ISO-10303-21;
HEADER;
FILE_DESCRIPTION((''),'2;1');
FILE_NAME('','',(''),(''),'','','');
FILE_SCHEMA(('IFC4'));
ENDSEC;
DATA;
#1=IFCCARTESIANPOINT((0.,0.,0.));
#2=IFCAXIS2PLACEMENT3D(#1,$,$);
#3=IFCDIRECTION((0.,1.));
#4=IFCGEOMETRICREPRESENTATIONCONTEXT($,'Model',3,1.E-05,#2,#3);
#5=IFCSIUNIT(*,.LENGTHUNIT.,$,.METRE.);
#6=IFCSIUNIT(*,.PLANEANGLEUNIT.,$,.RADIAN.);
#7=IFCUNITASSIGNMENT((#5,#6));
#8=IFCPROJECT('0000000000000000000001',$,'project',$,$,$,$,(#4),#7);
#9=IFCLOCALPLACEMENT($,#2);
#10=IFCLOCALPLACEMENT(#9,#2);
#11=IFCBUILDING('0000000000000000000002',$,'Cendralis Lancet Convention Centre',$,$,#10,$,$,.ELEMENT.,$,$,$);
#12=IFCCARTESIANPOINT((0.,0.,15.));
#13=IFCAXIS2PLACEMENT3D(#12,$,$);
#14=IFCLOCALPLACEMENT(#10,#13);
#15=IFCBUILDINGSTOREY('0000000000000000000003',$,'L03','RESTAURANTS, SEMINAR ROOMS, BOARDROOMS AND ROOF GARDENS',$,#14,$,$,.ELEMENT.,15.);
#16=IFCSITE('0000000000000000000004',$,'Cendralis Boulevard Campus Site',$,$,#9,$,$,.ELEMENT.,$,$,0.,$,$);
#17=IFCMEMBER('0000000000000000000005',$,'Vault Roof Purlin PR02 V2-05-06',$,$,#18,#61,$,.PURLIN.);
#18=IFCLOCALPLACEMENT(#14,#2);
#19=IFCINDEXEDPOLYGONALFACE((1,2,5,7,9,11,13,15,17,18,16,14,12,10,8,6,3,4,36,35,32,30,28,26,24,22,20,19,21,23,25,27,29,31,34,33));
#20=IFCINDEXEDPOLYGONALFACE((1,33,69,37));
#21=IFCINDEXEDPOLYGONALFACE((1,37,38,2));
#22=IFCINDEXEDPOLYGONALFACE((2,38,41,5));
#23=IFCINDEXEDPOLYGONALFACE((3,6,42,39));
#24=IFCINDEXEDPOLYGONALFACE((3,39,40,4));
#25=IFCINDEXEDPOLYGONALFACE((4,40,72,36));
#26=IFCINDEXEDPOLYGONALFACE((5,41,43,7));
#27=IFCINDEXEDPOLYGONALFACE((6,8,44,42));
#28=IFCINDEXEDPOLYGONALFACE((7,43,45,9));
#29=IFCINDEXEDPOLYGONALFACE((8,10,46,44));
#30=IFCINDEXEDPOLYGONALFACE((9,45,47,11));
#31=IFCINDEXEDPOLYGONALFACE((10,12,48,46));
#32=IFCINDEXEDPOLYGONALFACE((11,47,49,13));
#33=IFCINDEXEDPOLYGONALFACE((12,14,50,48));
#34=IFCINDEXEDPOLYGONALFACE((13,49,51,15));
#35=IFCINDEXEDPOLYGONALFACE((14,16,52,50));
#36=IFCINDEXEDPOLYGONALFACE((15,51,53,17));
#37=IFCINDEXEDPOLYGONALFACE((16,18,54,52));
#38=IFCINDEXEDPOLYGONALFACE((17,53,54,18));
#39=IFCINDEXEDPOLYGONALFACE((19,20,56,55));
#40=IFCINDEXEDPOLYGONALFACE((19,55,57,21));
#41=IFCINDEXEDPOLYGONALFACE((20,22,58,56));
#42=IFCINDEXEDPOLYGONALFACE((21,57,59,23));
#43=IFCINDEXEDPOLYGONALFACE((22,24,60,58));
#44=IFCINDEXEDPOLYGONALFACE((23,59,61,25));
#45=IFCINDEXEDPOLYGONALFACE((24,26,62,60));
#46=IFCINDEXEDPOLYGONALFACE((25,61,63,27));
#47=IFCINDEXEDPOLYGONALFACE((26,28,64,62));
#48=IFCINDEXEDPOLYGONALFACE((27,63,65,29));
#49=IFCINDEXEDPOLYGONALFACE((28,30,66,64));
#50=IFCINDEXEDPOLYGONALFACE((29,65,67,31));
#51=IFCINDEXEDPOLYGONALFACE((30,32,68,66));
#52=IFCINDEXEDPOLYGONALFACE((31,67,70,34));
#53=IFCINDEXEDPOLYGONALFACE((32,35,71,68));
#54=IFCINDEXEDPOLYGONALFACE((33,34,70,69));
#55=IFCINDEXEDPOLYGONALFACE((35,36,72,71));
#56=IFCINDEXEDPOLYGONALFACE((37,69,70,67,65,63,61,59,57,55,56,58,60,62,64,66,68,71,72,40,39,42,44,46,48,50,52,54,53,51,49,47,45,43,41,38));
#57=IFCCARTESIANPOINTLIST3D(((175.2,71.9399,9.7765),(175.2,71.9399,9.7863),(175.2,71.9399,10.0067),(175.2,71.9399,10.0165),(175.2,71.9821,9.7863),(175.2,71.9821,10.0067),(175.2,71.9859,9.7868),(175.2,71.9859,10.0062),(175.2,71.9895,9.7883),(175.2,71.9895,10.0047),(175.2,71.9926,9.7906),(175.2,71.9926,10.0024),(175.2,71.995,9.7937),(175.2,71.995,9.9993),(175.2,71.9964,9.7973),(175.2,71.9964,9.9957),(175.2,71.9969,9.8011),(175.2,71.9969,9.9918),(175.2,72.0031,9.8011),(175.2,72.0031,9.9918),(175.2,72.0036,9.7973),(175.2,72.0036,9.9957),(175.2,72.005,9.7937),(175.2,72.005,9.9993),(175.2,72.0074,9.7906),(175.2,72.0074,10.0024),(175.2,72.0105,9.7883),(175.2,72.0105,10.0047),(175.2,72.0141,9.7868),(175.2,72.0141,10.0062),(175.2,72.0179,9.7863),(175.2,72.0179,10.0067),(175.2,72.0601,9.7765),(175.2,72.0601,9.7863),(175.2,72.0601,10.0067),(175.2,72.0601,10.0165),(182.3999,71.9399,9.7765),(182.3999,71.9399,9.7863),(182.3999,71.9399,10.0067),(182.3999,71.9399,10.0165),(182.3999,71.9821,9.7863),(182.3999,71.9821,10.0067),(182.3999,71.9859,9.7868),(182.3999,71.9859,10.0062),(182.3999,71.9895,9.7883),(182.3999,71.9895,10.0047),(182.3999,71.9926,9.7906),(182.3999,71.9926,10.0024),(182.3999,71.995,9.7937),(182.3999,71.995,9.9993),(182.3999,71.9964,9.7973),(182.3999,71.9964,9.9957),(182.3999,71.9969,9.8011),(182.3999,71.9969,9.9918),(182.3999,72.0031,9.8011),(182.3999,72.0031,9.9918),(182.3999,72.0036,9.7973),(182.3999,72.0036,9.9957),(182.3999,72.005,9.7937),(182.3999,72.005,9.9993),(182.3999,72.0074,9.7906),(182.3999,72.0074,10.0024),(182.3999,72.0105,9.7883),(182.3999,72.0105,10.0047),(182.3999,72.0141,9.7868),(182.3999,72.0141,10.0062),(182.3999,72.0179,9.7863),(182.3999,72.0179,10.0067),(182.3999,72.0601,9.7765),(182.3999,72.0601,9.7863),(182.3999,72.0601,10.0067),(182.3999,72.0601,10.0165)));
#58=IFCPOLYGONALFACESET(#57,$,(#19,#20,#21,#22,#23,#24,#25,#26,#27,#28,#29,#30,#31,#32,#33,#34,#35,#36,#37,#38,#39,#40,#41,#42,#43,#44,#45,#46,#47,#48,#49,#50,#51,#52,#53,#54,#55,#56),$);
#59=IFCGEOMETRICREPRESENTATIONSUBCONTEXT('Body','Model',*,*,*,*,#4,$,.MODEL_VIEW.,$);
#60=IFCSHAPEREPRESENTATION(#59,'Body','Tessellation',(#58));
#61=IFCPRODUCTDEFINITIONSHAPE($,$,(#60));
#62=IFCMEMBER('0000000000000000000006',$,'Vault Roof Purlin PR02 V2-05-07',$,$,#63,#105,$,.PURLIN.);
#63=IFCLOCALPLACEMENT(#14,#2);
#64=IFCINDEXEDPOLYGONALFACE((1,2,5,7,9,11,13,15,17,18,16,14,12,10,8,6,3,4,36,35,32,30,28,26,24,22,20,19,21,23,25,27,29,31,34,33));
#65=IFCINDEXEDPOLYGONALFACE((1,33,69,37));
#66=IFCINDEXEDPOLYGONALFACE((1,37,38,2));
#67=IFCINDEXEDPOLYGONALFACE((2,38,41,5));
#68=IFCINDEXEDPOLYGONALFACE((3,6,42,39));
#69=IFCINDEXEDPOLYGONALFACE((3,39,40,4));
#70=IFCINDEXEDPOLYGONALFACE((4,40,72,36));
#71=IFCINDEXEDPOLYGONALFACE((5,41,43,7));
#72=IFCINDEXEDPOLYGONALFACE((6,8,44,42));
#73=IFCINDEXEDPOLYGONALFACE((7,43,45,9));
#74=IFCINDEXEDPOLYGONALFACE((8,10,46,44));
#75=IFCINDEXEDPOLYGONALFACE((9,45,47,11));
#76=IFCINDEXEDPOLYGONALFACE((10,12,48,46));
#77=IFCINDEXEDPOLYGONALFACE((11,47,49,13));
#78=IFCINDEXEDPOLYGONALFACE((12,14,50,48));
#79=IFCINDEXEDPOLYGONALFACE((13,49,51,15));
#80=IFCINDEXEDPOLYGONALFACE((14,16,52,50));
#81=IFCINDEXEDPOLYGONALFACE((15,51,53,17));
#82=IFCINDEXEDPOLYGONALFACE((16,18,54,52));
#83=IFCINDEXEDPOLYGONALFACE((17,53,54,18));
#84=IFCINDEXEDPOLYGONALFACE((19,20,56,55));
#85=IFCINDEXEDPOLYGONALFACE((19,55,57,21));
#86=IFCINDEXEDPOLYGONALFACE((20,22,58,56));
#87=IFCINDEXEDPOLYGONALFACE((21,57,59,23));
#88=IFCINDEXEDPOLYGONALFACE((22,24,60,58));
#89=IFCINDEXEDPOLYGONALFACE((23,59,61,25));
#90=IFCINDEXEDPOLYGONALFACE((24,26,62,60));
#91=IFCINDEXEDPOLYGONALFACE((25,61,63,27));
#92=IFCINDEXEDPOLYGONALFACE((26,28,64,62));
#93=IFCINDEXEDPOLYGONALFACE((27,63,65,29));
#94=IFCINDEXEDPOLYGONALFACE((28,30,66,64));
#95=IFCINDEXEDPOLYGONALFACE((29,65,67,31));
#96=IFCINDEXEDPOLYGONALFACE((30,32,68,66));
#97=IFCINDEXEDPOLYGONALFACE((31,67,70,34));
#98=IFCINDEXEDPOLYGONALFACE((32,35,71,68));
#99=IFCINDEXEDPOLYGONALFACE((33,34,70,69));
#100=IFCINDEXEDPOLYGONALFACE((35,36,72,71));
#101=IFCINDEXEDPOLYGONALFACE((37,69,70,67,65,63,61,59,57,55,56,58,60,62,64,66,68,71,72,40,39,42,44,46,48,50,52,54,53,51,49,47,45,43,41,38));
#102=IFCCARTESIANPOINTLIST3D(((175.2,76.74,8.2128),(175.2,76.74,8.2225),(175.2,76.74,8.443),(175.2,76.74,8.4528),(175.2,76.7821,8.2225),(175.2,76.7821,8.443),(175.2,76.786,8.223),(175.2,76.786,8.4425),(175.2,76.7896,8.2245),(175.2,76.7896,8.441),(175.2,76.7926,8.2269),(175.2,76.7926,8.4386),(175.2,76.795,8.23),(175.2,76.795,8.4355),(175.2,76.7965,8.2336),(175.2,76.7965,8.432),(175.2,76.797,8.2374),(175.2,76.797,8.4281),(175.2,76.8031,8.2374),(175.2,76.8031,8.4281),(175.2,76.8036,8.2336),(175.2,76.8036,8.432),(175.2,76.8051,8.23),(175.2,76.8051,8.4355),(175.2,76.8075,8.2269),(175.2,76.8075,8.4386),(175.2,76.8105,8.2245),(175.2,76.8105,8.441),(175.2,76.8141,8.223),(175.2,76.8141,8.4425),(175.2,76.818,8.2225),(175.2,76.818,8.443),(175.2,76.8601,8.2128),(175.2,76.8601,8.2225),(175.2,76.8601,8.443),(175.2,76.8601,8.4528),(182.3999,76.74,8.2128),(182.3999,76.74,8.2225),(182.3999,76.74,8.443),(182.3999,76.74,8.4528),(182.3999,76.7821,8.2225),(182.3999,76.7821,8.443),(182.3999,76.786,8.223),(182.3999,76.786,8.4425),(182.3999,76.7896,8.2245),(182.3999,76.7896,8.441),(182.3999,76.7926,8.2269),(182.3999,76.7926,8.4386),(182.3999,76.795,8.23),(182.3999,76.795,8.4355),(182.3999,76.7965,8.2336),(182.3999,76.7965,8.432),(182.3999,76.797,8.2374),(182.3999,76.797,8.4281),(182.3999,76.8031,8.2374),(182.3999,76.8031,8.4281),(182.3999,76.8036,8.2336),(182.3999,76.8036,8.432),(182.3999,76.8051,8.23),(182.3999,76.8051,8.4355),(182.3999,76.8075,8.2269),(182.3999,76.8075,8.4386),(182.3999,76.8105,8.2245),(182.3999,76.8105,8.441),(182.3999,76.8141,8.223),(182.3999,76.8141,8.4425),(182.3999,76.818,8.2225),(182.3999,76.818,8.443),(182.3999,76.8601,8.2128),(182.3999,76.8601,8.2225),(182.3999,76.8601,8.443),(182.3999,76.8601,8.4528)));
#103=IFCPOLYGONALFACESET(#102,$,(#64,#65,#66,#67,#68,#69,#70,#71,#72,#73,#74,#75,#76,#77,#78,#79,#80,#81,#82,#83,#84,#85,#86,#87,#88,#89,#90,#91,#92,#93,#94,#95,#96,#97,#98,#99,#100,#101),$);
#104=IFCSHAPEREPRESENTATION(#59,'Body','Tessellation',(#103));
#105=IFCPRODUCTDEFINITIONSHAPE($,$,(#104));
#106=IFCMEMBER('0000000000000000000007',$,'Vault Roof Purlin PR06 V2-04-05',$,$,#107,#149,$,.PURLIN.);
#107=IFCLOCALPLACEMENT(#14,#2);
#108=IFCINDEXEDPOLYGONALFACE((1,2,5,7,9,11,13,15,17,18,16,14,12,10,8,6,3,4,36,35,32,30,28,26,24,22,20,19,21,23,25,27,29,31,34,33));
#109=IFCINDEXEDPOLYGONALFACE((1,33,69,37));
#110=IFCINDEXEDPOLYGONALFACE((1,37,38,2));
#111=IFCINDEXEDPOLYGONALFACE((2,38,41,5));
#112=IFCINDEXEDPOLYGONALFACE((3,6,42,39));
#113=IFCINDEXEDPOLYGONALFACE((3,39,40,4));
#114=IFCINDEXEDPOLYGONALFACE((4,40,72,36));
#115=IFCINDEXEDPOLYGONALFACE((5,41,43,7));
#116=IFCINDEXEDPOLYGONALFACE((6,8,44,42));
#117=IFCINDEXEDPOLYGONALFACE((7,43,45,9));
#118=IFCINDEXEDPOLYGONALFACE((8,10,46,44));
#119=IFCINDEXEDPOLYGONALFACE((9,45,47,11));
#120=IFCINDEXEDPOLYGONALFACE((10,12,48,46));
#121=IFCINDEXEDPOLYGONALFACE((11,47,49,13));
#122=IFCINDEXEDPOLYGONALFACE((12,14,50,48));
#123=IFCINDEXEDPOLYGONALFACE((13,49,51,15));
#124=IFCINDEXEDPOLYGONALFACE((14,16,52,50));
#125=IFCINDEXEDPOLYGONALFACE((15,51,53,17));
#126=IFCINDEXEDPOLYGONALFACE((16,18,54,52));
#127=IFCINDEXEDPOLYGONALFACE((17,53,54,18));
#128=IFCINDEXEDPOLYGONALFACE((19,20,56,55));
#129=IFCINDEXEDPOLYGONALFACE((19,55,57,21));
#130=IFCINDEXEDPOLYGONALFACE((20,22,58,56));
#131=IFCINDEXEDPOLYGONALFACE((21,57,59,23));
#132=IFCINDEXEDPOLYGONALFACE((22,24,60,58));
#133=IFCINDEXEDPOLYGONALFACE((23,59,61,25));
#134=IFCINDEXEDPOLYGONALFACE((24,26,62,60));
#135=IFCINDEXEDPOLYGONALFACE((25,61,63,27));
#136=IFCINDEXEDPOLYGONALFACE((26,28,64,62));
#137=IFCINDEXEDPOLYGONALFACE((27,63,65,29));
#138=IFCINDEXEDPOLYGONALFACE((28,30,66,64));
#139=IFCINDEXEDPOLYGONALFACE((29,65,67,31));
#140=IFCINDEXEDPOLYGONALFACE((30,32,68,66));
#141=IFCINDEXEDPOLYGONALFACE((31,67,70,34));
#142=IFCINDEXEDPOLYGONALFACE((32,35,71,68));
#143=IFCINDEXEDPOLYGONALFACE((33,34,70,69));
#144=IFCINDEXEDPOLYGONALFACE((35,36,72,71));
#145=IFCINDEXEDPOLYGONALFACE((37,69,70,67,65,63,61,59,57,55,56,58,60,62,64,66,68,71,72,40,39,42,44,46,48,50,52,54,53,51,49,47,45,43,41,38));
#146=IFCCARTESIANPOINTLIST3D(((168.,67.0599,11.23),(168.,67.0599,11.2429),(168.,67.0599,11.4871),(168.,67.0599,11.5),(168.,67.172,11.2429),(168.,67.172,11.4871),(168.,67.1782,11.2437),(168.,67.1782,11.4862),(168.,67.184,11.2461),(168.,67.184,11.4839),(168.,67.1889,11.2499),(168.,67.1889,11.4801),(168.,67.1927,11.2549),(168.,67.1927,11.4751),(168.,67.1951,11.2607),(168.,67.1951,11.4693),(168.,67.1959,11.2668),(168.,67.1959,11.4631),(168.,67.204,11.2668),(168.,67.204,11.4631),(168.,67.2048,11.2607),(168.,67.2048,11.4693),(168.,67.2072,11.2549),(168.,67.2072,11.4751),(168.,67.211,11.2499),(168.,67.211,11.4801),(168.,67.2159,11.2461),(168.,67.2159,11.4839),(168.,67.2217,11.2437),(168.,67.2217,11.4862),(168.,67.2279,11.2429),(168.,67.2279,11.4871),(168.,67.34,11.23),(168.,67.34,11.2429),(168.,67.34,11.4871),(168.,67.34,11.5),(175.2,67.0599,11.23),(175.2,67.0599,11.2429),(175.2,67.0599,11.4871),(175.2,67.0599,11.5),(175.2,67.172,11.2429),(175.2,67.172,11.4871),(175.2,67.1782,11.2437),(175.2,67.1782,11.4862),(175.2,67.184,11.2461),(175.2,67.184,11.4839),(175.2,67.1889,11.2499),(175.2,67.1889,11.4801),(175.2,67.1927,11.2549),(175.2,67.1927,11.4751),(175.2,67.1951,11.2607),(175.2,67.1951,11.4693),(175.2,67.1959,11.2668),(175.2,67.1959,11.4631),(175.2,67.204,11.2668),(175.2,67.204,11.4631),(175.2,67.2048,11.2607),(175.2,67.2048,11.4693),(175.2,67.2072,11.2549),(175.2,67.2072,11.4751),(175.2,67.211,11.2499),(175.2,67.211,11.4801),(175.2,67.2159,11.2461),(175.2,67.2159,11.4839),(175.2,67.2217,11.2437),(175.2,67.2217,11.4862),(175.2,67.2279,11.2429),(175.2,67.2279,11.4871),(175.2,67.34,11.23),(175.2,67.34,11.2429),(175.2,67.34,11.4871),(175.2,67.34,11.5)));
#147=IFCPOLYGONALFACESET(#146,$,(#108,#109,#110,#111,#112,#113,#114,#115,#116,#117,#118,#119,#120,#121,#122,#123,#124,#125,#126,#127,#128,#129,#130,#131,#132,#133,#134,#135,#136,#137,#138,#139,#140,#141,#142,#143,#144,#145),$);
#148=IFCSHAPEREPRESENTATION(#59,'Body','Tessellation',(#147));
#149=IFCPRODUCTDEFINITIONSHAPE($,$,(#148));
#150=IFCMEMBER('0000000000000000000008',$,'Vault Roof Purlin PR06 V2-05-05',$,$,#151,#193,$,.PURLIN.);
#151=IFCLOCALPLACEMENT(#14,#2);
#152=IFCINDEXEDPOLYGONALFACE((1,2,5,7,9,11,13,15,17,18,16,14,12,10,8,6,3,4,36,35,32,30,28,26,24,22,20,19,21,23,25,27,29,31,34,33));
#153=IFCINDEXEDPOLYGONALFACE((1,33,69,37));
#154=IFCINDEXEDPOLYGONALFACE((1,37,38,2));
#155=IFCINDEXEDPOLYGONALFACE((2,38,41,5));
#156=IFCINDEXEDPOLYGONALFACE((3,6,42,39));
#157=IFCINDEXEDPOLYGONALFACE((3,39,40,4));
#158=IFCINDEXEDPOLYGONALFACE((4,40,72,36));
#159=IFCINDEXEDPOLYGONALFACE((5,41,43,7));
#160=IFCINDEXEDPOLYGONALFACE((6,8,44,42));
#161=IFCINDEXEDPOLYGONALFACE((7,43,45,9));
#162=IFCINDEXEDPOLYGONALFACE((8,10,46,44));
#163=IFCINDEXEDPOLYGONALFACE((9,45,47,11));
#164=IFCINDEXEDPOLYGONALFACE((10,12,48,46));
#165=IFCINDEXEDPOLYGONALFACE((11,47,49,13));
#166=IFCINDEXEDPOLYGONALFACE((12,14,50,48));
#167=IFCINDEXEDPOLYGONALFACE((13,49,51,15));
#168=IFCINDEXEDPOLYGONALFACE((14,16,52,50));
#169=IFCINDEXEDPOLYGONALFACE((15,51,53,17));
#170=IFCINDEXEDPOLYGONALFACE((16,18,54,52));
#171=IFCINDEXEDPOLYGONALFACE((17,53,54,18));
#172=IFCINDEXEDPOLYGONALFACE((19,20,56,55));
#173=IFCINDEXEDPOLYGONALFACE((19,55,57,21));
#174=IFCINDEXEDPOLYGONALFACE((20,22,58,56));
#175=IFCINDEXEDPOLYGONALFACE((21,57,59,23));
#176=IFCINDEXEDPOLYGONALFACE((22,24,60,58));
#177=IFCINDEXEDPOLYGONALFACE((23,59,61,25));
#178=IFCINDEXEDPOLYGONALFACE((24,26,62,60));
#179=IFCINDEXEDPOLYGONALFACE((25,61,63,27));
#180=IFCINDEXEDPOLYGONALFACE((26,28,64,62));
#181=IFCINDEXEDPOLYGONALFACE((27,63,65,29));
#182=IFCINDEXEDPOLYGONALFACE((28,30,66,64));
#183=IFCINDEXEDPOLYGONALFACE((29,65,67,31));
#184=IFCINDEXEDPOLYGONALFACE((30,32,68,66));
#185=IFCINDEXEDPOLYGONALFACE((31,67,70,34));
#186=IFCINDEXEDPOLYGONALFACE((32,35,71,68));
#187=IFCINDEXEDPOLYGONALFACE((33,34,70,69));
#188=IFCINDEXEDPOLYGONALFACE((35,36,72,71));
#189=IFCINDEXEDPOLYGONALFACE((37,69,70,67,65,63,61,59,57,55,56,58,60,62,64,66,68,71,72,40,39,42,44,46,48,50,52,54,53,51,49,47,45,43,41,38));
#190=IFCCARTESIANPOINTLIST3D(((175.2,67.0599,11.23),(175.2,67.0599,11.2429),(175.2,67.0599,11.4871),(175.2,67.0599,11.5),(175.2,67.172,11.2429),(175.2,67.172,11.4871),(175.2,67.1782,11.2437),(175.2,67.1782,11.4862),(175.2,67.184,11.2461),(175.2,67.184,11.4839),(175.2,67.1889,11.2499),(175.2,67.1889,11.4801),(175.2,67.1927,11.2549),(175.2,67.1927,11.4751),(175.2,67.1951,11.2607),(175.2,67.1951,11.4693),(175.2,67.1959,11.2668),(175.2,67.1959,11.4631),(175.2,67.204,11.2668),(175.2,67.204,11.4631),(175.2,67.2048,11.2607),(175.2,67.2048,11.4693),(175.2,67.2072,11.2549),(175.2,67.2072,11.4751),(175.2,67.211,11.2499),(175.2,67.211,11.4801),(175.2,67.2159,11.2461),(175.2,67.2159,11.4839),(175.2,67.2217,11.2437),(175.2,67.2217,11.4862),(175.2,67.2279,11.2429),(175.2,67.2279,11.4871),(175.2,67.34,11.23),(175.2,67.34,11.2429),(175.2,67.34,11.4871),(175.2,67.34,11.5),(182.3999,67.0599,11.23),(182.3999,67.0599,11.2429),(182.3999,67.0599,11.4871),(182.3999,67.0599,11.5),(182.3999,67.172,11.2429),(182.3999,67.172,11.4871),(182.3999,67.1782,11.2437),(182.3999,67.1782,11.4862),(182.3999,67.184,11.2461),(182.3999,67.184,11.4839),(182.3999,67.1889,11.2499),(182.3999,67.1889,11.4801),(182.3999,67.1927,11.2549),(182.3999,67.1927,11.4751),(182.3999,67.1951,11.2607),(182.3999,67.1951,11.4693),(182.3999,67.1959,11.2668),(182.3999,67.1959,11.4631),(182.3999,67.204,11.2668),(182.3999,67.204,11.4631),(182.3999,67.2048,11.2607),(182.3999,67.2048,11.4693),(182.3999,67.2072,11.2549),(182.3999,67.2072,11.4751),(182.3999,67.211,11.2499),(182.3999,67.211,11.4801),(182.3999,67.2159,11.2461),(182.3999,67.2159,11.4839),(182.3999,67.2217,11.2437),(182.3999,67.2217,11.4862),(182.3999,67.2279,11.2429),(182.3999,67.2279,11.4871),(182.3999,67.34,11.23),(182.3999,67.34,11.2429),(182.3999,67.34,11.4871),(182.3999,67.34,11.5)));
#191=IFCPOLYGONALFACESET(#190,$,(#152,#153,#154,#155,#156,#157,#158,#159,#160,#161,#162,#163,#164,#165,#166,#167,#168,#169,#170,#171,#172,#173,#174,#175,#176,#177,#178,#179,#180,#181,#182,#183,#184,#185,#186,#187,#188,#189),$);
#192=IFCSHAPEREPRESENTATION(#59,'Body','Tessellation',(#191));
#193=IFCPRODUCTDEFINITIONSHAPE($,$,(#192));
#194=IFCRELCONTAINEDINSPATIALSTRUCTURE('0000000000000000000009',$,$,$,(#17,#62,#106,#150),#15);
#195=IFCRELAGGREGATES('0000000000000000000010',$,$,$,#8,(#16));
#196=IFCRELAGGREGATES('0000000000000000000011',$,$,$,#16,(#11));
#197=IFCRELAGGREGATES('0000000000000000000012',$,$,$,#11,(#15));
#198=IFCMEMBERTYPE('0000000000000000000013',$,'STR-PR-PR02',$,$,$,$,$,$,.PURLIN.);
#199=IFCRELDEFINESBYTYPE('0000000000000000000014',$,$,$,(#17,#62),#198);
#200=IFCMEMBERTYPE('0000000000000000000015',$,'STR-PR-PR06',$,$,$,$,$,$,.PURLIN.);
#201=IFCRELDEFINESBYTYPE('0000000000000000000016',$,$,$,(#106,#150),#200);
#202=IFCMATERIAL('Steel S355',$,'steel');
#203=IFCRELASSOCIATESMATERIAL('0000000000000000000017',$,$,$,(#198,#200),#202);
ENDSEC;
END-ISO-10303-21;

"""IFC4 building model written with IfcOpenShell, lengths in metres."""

from ifc_helpers import new_model, si_unit, direction, frame, origin, origin_2d, place, context, subcontext, project, spatial, i_section, extrude, material, material_profile, profile_set, type_object, element, save


model = new_model("IFC4")

# Units and contexts
model_context = context("Model", 3, precision=1e-05, world=origin(), true_north=direction((0.0, 1.0)))
body_context = subcontext(model_context, "Body", "Model", "MODEL_VIEW")
ifc_project = project(units=[si_unit("LENGTHUNIT", "METRE"), si_unit("PLANEANGLEUNIT", "RADIAN")], contexts=[model_context])

# Site, building, storey
site_placement = place(None, origin())
site = spatial("IfcSite", under=ifc_project, at=site_placement, Name="Cendralis Boulevard Campus Site", CompositionType="ELEMENT", RefElevation=0.0)
building_placement = place(site_placement, origin())
building = spatial("IfcBuilding", under=site, at=building_placement, Name="Cendralis Lancet Convention Centre", CompositionType="ELEMENT")
storey_placement = place(building_placement, frame((0.0, 0.0, 15.0)))
storey = spatial("IfcBuildingStorey", under=building, at=storey_placement, Name="L03", Description="RESTAURANTS, SEMINAR ROOMS, BOARDROOMS AND ROOF GARDENS", CompositionType="ELEMENT", Elevation=15.0)

# Members
ifc_material = material(Name="Steel S355", Category="steel")
ifc_material_profile_1 = material_profile(ifc_material, i_section(OverallWidth=0.1201, OverallDepth=0.24, WebThickness=0.0061, FlangeThickness=0.0098, FilletRadius=0.0149, at=origin_2d()), Name="IPE 240")
ifc_profile_set_1 = profile_set([ifc_material_profile_1], Name="Steel S355")
member_type_1 = type_object("IfcMemberType", Name="STR-PR-PR02", PredefinedType="PURLIN", material=ifc_profile_set_1)
for number, where, z_axis, x_axis, name in (
    (1, (175.2, 72.0, 9.8965), (1.0, 0.0, 0.0), (0.0, 1.0, 0.0), "Vault Roof Purlin PR02 V2-05-06"),
    (2, (175.2, 76.8, 8.3328), (1.0, 0.0, 0.0), (0.0, 1.0, 0.0), "Vault Roof Purlin PR02 V2-05-07"),
):
    element("IfcMember", number, at=place(storey_placement, frame(where, z_axis=z_axis, x_axis=x_axis)), inside=storey, type_object=member_type_1, Name=name, PredefinedType="PURLIN", context=body_context, shape_type="SweptSolid", body=[
        extrude(i_section(OverallWidth=0.1201, OverallDepth=0.24, WebThickness=0.0061, FlangeThickness=0.0098, FilletRadius=0.0149, at=origin_2d()), origin(), (0.0, 0.0, 1.0), 7.2),
    ])
ifc_material_profile_2 = material_profile(ifc_material, i_section(OverallWidth=0.28, OverallDepth=0.27, WebThickness=0.0081, FlangeThickness=0.0129, FilletRadius=0.0239, at=origin_2d()), Name="HEA 280")
ifc_profile_set_2 = profile_set([ifc_material_profile_2], Name="Steel S355")
member_type_2 = type_object("IfcMemberType", Name="STR-PR-PR06", PredefinedType="PURLIN", material=ifc_profile_set_2)
for number, where, z_axis, x_axis, name in (
    (3, (168.0, 67.2, 11.365), (1.0, 0.0, 0.0), (0.0, 1.0, 0.0), "Vault Roof Purlin PR06 V2-04-05"),
    (4, (175.2, 67.2, 11.365), (1.0, 0.0, 0.0), (0.0, 1.0, 0.0), "Vault Roof Purlin PR06 V2-05-05"),
):
    element("IfcMember", number, at=place(storey_placement, frame(where, z_axis=z_axis, x_axis=x_axis)), inside=storey, type_object=member_type_2, Name=name, PredefinedType="PURLIN", context=body_context, shape_type="SweptSolid", body=[
        extrude(i_section(OverallWidth=0.28, OverallDepth=0.27, WebThickness=0.0081, FlangeThickness=0.0129, FilletRadius=0.0239, at=origin_2d()), origin(), (0.0, 0.0, 1.0), 7.2),
    ])

save(model, "model.ifc")
